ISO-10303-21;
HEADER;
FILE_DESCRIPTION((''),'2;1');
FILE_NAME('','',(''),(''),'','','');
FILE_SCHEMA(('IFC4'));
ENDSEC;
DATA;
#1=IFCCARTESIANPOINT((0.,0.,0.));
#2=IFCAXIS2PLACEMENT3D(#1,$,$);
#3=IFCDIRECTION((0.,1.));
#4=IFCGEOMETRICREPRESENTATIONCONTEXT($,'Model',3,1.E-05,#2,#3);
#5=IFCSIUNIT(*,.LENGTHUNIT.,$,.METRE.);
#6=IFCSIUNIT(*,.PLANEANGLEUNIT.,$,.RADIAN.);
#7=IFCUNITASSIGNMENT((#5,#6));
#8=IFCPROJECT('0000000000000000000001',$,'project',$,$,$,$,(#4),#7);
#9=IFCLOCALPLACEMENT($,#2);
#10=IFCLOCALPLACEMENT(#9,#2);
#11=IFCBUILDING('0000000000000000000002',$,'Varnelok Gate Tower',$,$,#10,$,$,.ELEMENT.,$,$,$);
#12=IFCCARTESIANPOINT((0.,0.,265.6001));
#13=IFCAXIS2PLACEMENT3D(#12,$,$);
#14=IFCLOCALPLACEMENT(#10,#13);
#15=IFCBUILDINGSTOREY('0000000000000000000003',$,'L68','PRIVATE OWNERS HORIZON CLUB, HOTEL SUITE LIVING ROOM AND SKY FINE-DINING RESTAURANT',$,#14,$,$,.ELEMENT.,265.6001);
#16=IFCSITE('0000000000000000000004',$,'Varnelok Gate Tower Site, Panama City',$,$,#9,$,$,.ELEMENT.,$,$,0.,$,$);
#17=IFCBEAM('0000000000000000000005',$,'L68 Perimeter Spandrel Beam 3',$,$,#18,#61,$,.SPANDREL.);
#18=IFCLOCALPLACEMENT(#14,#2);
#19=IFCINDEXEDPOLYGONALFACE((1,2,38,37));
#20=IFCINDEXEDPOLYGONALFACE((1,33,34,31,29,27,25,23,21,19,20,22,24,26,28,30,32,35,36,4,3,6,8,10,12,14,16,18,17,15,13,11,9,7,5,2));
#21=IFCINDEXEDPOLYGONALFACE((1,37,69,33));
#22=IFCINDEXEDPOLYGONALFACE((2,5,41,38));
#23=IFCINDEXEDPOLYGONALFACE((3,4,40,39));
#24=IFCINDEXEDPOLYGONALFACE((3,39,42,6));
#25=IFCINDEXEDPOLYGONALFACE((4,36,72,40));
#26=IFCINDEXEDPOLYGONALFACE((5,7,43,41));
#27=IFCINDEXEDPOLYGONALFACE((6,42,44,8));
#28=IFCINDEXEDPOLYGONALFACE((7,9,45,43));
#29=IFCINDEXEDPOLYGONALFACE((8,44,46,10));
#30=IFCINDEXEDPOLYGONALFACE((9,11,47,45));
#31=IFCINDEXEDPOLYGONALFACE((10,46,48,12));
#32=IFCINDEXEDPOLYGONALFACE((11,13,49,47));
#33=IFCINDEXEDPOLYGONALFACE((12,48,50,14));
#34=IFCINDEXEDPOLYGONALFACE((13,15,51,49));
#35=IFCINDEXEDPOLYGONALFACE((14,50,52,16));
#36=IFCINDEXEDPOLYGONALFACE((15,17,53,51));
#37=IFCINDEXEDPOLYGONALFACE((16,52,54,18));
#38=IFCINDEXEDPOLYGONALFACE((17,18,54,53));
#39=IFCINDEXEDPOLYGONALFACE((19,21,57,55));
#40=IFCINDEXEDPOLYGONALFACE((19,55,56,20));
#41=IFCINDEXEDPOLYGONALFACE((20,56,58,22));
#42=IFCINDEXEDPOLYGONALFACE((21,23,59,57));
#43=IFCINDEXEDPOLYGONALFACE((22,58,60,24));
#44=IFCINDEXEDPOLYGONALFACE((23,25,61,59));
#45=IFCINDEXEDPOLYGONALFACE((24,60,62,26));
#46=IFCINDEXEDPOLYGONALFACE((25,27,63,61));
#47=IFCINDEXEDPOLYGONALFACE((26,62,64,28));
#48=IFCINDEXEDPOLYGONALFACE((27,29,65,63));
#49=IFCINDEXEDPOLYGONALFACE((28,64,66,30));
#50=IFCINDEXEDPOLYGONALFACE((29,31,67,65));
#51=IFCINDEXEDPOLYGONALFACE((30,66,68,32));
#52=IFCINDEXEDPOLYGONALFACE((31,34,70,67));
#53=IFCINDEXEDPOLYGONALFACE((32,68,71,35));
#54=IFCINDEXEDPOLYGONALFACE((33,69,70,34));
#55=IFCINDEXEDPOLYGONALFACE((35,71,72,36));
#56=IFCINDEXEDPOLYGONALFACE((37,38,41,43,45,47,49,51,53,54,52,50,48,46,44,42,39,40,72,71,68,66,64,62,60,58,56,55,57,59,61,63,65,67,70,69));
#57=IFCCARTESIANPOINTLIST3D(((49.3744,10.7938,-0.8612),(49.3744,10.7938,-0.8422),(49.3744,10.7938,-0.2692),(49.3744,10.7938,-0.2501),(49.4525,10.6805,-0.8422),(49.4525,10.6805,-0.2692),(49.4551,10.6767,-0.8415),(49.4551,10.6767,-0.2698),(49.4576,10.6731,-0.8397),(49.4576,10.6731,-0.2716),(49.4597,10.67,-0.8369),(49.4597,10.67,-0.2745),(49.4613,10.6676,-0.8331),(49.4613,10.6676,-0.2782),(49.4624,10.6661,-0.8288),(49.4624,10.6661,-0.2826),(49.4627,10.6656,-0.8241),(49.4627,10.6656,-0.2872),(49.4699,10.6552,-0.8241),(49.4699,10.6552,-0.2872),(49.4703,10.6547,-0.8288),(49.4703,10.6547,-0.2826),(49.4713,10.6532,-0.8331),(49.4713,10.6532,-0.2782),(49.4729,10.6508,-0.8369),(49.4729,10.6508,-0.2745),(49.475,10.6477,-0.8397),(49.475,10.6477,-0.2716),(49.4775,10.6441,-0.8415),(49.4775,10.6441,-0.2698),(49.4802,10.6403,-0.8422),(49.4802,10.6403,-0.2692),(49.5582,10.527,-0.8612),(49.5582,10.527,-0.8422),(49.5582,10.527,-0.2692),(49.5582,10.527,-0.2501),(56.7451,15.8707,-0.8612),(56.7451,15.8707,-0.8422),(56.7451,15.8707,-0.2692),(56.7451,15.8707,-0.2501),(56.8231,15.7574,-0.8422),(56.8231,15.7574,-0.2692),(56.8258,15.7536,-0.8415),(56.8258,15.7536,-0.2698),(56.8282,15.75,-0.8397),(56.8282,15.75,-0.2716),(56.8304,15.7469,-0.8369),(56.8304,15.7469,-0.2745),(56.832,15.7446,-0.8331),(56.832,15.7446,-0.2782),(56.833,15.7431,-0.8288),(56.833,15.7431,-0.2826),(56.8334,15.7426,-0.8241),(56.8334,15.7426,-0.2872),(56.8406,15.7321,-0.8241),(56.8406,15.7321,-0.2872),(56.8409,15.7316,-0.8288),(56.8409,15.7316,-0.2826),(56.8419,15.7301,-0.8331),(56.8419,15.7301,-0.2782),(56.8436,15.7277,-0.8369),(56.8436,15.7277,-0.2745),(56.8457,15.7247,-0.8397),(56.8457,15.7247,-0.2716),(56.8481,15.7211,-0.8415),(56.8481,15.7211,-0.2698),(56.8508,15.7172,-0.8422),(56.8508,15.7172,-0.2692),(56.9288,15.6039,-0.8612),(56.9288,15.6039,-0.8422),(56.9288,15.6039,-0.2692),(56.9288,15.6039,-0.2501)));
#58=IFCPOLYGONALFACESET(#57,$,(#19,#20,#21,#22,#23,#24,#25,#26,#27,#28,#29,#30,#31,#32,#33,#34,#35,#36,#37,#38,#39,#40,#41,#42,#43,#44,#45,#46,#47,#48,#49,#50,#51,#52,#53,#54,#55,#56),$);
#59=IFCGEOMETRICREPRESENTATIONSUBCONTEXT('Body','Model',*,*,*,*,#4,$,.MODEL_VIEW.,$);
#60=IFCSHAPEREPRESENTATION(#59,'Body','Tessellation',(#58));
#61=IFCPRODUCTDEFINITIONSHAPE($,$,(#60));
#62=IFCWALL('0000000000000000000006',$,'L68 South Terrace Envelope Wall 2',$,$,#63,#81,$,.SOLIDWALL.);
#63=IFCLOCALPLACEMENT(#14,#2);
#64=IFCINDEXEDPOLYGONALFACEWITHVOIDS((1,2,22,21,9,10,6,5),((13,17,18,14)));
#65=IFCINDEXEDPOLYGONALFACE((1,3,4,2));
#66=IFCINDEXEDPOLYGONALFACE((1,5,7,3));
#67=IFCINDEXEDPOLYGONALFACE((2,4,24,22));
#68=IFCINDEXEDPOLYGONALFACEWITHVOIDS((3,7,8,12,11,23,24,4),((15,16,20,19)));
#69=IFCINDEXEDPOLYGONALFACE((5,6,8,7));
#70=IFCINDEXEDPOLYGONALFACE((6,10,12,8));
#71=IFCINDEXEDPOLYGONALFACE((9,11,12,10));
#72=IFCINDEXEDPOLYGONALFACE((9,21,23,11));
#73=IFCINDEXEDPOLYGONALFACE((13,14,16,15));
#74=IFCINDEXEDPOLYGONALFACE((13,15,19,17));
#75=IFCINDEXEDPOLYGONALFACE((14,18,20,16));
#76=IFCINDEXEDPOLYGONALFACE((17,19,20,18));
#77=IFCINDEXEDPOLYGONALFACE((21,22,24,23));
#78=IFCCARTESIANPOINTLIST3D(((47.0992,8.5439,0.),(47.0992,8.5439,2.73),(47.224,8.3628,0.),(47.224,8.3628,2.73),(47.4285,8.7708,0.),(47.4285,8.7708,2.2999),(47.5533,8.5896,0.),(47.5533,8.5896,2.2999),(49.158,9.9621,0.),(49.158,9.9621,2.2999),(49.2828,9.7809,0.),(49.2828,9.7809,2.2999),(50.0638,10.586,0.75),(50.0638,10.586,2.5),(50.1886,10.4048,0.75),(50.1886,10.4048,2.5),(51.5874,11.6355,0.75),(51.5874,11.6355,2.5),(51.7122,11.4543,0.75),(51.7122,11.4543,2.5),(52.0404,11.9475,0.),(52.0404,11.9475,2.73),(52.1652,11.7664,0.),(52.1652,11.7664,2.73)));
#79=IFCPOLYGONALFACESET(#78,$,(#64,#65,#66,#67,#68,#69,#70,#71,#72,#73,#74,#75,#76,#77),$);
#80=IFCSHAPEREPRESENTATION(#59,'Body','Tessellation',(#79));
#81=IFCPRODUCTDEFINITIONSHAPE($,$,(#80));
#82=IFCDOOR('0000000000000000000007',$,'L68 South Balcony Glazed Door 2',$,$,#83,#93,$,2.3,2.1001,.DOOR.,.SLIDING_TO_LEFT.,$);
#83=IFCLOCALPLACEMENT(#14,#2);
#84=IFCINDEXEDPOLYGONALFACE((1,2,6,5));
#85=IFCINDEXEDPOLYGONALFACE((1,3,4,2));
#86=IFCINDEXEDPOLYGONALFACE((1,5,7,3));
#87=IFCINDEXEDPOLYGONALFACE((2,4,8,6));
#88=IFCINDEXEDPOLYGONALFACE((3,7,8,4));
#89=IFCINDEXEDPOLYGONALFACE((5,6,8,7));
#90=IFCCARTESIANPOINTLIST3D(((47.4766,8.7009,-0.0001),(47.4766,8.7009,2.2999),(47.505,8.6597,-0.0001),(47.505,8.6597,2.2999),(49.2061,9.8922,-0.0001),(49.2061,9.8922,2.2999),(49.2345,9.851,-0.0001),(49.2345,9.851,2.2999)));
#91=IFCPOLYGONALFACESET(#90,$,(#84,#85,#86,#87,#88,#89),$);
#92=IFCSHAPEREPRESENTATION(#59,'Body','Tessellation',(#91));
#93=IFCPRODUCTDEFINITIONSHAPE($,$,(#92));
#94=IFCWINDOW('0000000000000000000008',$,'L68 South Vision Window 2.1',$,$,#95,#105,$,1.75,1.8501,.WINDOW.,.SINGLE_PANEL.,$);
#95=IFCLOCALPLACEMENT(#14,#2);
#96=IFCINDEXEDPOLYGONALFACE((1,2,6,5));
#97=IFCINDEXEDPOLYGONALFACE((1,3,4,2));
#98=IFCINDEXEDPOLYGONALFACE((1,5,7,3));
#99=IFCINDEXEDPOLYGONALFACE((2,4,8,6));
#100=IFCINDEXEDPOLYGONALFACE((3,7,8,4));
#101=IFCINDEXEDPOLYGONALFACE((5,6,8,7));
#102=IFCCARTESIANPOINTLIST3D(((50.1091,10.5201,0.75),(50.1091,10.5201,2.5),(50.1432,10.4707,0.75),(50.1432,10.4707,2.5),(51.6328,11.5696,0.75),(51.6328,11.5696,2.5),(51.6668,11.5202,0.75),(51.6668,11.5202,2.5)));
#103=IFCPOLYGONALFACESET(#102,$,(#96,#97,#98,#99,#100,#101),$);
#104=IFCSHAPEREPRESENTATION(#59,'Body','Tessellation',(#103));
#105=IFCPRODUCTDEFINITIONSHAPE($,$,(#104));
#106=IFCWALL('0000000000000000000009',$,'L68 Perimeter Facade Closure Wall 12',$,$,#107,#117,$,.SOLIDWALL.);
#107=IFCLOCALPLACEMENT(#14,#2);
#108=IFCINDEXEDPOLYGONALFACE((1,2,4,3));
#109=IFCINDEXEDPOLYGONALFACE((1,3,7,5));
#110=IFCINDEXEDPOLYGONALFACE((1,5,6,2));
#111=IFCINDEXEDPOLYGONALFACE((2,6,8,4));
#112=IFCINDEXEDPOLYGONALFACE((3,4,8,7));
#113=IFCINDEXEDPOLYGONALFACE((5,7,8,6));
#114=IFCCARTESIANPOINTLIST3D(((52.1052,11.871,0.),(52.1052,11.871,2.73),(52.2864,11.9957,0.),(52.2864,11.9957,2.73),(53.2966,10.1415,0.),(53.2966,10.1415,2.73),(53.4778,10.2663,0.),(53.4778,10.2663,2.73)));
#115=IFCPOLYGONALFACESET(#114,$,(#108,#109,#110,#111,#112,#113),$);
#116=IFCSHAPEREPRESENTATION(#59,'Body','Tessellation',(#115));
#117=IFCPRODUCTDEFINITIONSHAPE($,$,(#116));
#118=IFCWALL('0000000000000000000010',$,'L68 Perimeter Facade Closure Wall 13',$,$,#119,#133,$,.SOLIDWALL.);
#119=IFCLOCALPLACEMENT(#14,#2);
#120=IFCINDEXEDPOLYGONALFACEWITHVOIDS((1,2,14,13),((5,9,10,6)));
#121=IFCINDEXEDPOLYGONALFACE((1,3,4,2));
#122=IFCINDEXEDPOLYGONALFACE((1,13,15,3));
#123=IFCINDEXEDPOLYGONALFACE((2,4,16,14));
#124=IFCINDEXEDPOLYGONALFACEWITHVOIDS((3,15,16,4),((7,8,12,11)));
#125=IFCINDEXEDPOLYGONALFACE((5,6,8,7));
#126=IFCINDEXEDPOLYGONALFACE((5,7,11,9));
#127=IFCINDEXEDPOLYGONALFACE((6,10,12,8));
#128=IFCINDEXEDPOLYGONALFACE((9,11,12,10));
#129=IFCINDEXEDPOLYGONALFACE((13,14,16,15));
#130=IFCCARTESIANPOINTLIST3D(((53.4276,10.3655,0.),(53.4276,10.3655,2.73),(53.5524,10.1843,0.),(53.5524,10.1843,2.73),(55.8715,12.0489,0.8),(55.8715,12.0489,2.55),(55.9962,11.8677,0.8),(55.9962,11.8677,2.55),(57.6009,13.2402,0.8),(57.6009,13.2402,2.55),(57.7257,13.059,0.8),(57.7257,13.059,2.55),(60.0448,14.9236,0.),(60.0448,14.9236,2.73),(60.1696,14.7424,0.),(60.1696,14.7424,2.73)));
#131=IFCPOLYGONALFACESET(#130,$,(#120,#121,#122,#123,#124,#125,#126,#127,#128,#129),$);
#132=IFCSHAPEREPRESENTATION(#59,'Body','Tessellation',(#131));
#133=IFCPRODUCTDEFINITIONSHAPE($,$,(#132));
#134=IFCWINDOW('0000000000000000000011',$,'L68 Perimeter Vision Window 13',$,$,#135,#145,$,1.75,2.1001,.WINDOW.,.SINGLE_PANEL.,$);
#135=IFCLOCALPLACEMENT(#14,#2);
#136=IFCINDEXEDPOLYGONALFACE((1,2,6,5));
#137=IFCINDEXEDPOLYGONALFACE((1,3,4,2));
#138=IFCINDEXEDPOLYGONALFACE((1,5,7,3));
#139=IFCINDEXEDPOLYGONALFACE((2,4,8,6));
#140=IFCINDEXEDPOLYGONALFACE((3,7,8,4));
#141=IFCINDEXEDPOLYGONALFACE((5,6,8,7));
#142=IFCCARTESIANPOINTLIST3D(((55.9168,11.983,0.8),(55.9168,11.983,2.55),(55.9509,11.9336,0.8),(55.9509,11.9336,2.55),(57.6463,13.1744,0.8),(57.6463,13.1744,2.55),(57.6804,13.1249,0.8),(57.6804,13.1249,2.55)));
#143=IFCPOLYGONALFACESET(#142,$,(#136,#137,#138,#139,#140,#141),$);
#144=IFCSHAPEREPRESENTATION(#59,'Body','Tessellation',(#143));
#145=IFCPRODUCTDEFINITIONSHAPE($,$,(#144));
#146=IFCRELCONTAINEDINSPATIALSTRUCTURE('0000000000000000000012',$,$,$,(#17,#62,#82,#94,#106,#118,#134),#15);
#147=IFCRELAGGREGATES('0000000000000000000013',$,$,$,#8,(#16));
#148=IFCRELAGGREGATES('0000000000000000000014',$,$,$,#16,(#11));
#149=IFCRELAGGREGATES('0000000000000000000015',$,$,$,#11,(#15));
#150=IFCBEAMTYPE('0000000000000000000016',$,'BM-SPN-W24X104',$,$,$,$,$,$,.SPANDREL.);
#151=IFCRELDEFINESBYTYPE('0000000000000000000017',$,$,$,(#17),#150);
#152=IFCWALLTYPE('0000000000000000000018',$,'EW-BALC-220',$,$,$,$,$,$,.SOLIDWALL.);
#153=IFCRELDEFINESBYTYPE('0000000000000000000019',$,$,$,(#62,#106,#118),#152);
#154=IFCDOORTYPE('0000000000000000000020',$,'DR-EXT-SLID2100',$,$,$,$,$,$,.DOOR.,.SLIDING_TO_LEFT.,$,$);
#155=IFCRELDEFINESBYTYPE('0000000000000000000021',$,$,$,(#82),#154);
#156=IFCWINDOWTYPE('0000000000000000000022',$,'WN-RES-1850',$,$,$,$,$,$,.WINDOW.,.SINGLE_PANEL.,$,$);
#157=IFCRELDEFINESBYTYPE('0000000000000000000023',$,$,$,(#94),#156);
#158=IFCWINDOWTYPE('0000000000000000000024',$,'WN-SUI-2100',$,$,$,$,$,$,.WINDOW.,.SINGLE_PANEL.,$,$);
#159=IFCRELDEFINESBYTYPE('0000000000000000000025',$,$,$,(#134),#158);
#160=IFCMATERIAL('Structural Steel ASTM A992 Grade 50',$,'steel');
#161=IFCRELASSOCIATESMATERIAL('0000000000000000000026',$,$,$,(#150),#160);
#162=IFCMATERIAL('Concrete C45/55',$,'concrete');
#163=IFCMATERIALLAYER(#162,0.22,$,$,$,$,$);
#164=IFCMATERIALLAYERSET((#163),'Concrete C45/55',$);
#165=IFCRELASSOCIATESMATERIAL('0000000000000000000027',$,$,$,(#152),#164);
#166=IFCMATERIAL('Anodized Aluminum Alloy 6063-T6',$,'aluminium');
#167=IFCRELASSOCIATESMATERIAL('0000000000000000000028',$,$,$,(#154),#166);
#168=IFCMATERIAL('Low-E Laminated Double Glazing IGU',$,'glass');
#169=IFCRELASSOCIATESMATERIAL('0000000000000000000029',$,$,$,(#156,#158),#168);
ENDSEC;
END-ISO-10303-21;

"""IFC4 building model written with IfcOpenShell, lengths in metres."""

from ifc_helpers import new_model, si_unit, direction, frame, frame_2d, origin, origin_2d, place, context, subcontext, project, spatial, rectangle, i_section, extrude, material, layer, layer_set, material_profile, profile_set, type_object, element, fill, save


model = new_model("IFC4")

# Units and contexts
model_context = context("Model", 3, precision=1e-05, world=origin(), true_north=direction((0.0, 1.0)))
body_context = subcontext(model_context, "Body", "Model", "MODEL_VIEW")
ifc_project = project(units=[si_unit("LENGTHUNIT", "METRE"), si_unit("PLANEANGLEUNIT", "RADIAN")], contexts=[model_context])

# Site, building, storey
site_placement = place(None, origin())
site = spatial("IfcSite", under=ifc_project, at=site_placement, Name="Varnelok Gate Tower Site, Panama City", CompositionType="ELEMENT", RefElevation=0.0)
building_placement = place(site_placement, origin())
building = spatial("IfcBuilding", under=site, at=building_placement, Name="Varnelok Gate Tower", CompositionType="ELEMENT")
storey_placement = place(building_placement, frame((0.0, 0.0, 265.6001)))
storey = spatial("IfcBuildingStorey", under=building, at=storey_placement, Name="L68", Description="PRIVATE OWNERS HORIZON CLUB, HOTEL SUITE LIVING ROOM AND SKY FINE-DINING RESTAURANT", CompositionType="ELEMENT", Elevation=265.6001)

# Shared definitions
ifc_material_1 = material(Name="Structural Steel ASTM A992 Grade 50", Category="steel")

# Beam
ifc_material_profile_1 = material_profile(ifc_material_1, i_section(OverallWidth=0.324, OverallDepth=0.6111, WebThickness=0.0127, FlangeThickness=0.019, FilletRadius=0.0181, at=origin_2d()), Name="W24X104")
ifc_profile_set_1 = profile_set([ifc_material_profile_1], Name="Structural Steel ASTM A992 Grade 50")
beam_type_1 = type_object("IfcBeamType", Name="BM-SPN-W24X104", PredefinedType="SPANDREL", material=ifc_profile_set_1)
beam_1_placement = place(storey_placement, frame((49.4663, 10.6604, -0.5557), z_axis=(0.82354, 0.567258, 0.0), x_axis=(-0.567258, 0.82354, 0.0)))
element("IfcBeam", 1, at=beam_1_placement, inside=storey, type_object=beam_type_1, Name="L68 Perimeter Spandrel Beam 3", PredefinedType="SPANDREL", context=body_context, shape_type="SweptSolid", body=[
    extrude(i_section(OverallWidth=0.324, OverallDepth=0.6111, WebThickness=0.0127, FlangeThickness=0.019, FilletRadius=0.0181, at=origin_2d()), origin(), (0.0, 0.0, 1.0), 8.95),
])

# Wall, openings, door, window
ifc_material_2 = material(Name="Concrete C45/55", Category="concrete")
ifc_layer_1 = layer(ifc_material_2, 0.22)
ifc_layer_set_1 = layer_set([ifc_layer_1], Name="Concrete C45/55")
wall_type_1 = type_object("IfcWallType", Name="EW-BALC-220", PredefinedType="SOLIDWALL", material=ifc_layer_set_1)
wall_1_placement = place(storey_placement, frame((52.1028, 11.8569, 0.0), z_axis=(0.0, 0.0, 1.0), x_axis=(-0.823535, -0.567266, 0.0)))
wall_1 = element("IfcWall", 2, at=wall_1_placement, inside=storey, type_object=wall_type_1, Name="L68 South Terrace Envelope Wall 2", PredefinedType="SOLIDWALL", context=body_context, shape_type="SweptSolid", body=[
    extrude(rectangle(XDim=6.0, YDim=0.22, at=frame_2d((3.0, 0.0))), origin(), (0.0, 0.0, 1.0), 2.73),
])
opening_1_placement = place(wall_1_placement, frame((3.5, 0.0, 0.0)))
opening_1 = element("IfcOpeningElement", 3, at=opening_1_placement, cuts=wall_1, PredefinedType="OPENING", context=body_context, shape_type="SweptSolid", body=[
    extrude(rectangle(XDim=2.1001, YDim=2.3, at=frame_2d((1.05, 1.1499))), frame((0.0, 0.1199, 0.0), z_axis=(0.0, -1.0, 0.0), x_axis=(1.0, 0.0, 0.0)), (0.0, 0.0, 1.0), 0.24),
])
opening_2_placement = place(wall_1_placement, frame((0.55, 0.0, 0.75)))
opening_2 = element("IfcOpeningElement", 4, at=opening_2_placement, cuts=wall_1, PredefinedType="OPENING", context=body_context, shape_type="SweptSolid", body=[
    extrude(rectangle(XDim=1.8501, YDim=1.75, at=frame_2d((0.925, 0.875))), frame((0.0, 0.1199, 0.0), z_axis=(0.0, -1.0, 0.0), x_axis=(1.0, 0.0, 0.0)), (0.0, 0.0, 1.0), 0.24),
])
ifc_material_3 = material(Name="Anodized Aluminum Alloy 6063-T6", Category="aluminium")
door_type_1 = type_object("IfcDoorType", Name="DR-EXT-SLID2100", OperationType="SLIDING_TO_LEFT", PredefinedType="DOOR", material=ifc_material_3)
door_1_placement = place(opening_1_placement, origin())
door_1 = element("IfcDoor", 5, at=door_1_placement, inside=storey, type_object=door_type_1, Name="L68 South Balcony Glazed Door 2", OperationType="SLIDING_TO_LEFT", OverallHeight=2.3, OverallWidth=2.1001, PredefinedType="DOOR", context=body_context, shape_type="SweptSolid", body=[
    extrude(rectangle(XDim=2.1001, YDim=2.3, at=frame_2d((1.05, 1.1499))), frame((0.0, 0.0249, 0.0), z_axis=(0.0, -1.0, 0.0), x_axis=(1.0, 0.0, 0.0)), (0.0, 0.0, 1.0), 0.05),
])
fill(opening_1, door_1)
ifc_material_4 = material(Name="Low-E Laminated Double Glazing IGU", Category="glass")
window_type_1 = type_object("IfcWindowType", Name="WN-RES-1850", PartitioningType="SINGLE_PANEL", PredefinedType="WINDOW", material=ifc_material_4)
window_1_placement = place(opening_2_placement, origin())
window_1 = element("IfcWindow", 6, at=window_1_placement, inside=storey, type_object=window_type_1, Name="L68 South Vision Window 2.1", OverallHeight=1.75, OverallWidth=1.8501, PartitioningType="SINGLE_PANEL", PredefinedType="WINDOW", context=body_context, shape_type="SweptSolid", body=[
    extrude(rectangle(XDim=1.8501, YDim=1.75, at=frame_2d((0.925, 0.875))), frame((0.0, 0.03, 0.0), z_axis=(0.0, -1.0, 0.0), x_axis=(1.0, 0.0, 0.0)), (0.0, 0.0, 1.0), 0.0601),
])
fill(opening_2, window_1)

# Wall
wall_2_placement = place(storey_placement, frame((52.1958, 11.9333, 0.0), z_axis=(0.0, 0.0, 1.0), x_axis=(0.567298, -0.823512, 0.0)))
element("IfcWall", 7, at=wall_2_placement, inside=storey, type_object=wall_type_1, Name="L68 Perimeter Facade Closure Wall 12", PredefinedType="SOLIDWALL", context=body_context, shape_type="SweptSolid", body=[
    extrude(rectangle(XDim=2.1001, YDim=0.22, at=frame_2d((1.05, 0.0))), origin(), (0.0, 0.0, 1.0), 2.73),
])

# Wall, opening, window
wall_3_placement = place(storey_placement, frame((53.49, 10.2749, 0.0), z_axis=(0.0, 0.0, 1.0), x_axis=(0.823531, 0.567271, 0.0)))
wall_3 = element("IfcWall", 8, at=wall_3_placement, inside=storey, type_object=wall_type_1, Name="L68 Perimeter Facade Closure Wall 13", PredefinedType="SOLIDWALL", context=body_context, shape_type="SweptSolid", body=[
    extrude(rectangle(XDim=8.0352, YDim=0.22, at=frame_2d((4.0176, 0.0))), origin(), (0.0, 0.0, 1.0), 2.73),
])
opening_3_placement = place(wall_3_placement, frame((2.9675, 0.0, 0.8)))
opening_3 = element("IfcOpeningElement", 9, at=opening_3_placement, cuts=wall_3, PredefinedType="OPENING", context=body_context, shape_type="SweptSolid", body=[
    extrude(rectangle(XDim=2.1001, YDim=1.75, at=frame_2d((1.05, 0.875))), frame((0.0, 0.1199, 0.0), z_axis=(0.0, -1.0, 0.0), x_axis=(1.0, 0.0, 0.0)), (0.0, 0.0, 1.0), 0.24),
])
window_type_2 = type_object("IfcWindowType", Name="WN-SUI-2100", PartitioningType="SINGLE_PANEL", PredefinedType="WINDOW", material=ifc_material_4)
window_2_placement = place(opening_3_placement, origin())
window_2 = element("IfcWindow", 10, at=window_2_placement, inside=storey, type_object=window_type_2, Name="L68 Perimeter Vision Window 13", OverallHeight=1.75, OverallWidth=2.1001, PartitioningType="SINGLE_PANEL", PredefinedType="WINDOW", context=body_context, shape_type="SweptSolid", body=[
    extrude(rectangle(XDim=2.1001, YDim=1.75, at=frame_2d((1.05, 0.875))), frame((0.0, 0.03, 0.0), z_axis=(0.0, -1.0, 0.0), x_axis=(1.0, 0.0, 0.0)), (0.0, 0.0, 1.0), 0.0601),
])
fill(opening_3, window_2)

save(model, "model.ifc")
